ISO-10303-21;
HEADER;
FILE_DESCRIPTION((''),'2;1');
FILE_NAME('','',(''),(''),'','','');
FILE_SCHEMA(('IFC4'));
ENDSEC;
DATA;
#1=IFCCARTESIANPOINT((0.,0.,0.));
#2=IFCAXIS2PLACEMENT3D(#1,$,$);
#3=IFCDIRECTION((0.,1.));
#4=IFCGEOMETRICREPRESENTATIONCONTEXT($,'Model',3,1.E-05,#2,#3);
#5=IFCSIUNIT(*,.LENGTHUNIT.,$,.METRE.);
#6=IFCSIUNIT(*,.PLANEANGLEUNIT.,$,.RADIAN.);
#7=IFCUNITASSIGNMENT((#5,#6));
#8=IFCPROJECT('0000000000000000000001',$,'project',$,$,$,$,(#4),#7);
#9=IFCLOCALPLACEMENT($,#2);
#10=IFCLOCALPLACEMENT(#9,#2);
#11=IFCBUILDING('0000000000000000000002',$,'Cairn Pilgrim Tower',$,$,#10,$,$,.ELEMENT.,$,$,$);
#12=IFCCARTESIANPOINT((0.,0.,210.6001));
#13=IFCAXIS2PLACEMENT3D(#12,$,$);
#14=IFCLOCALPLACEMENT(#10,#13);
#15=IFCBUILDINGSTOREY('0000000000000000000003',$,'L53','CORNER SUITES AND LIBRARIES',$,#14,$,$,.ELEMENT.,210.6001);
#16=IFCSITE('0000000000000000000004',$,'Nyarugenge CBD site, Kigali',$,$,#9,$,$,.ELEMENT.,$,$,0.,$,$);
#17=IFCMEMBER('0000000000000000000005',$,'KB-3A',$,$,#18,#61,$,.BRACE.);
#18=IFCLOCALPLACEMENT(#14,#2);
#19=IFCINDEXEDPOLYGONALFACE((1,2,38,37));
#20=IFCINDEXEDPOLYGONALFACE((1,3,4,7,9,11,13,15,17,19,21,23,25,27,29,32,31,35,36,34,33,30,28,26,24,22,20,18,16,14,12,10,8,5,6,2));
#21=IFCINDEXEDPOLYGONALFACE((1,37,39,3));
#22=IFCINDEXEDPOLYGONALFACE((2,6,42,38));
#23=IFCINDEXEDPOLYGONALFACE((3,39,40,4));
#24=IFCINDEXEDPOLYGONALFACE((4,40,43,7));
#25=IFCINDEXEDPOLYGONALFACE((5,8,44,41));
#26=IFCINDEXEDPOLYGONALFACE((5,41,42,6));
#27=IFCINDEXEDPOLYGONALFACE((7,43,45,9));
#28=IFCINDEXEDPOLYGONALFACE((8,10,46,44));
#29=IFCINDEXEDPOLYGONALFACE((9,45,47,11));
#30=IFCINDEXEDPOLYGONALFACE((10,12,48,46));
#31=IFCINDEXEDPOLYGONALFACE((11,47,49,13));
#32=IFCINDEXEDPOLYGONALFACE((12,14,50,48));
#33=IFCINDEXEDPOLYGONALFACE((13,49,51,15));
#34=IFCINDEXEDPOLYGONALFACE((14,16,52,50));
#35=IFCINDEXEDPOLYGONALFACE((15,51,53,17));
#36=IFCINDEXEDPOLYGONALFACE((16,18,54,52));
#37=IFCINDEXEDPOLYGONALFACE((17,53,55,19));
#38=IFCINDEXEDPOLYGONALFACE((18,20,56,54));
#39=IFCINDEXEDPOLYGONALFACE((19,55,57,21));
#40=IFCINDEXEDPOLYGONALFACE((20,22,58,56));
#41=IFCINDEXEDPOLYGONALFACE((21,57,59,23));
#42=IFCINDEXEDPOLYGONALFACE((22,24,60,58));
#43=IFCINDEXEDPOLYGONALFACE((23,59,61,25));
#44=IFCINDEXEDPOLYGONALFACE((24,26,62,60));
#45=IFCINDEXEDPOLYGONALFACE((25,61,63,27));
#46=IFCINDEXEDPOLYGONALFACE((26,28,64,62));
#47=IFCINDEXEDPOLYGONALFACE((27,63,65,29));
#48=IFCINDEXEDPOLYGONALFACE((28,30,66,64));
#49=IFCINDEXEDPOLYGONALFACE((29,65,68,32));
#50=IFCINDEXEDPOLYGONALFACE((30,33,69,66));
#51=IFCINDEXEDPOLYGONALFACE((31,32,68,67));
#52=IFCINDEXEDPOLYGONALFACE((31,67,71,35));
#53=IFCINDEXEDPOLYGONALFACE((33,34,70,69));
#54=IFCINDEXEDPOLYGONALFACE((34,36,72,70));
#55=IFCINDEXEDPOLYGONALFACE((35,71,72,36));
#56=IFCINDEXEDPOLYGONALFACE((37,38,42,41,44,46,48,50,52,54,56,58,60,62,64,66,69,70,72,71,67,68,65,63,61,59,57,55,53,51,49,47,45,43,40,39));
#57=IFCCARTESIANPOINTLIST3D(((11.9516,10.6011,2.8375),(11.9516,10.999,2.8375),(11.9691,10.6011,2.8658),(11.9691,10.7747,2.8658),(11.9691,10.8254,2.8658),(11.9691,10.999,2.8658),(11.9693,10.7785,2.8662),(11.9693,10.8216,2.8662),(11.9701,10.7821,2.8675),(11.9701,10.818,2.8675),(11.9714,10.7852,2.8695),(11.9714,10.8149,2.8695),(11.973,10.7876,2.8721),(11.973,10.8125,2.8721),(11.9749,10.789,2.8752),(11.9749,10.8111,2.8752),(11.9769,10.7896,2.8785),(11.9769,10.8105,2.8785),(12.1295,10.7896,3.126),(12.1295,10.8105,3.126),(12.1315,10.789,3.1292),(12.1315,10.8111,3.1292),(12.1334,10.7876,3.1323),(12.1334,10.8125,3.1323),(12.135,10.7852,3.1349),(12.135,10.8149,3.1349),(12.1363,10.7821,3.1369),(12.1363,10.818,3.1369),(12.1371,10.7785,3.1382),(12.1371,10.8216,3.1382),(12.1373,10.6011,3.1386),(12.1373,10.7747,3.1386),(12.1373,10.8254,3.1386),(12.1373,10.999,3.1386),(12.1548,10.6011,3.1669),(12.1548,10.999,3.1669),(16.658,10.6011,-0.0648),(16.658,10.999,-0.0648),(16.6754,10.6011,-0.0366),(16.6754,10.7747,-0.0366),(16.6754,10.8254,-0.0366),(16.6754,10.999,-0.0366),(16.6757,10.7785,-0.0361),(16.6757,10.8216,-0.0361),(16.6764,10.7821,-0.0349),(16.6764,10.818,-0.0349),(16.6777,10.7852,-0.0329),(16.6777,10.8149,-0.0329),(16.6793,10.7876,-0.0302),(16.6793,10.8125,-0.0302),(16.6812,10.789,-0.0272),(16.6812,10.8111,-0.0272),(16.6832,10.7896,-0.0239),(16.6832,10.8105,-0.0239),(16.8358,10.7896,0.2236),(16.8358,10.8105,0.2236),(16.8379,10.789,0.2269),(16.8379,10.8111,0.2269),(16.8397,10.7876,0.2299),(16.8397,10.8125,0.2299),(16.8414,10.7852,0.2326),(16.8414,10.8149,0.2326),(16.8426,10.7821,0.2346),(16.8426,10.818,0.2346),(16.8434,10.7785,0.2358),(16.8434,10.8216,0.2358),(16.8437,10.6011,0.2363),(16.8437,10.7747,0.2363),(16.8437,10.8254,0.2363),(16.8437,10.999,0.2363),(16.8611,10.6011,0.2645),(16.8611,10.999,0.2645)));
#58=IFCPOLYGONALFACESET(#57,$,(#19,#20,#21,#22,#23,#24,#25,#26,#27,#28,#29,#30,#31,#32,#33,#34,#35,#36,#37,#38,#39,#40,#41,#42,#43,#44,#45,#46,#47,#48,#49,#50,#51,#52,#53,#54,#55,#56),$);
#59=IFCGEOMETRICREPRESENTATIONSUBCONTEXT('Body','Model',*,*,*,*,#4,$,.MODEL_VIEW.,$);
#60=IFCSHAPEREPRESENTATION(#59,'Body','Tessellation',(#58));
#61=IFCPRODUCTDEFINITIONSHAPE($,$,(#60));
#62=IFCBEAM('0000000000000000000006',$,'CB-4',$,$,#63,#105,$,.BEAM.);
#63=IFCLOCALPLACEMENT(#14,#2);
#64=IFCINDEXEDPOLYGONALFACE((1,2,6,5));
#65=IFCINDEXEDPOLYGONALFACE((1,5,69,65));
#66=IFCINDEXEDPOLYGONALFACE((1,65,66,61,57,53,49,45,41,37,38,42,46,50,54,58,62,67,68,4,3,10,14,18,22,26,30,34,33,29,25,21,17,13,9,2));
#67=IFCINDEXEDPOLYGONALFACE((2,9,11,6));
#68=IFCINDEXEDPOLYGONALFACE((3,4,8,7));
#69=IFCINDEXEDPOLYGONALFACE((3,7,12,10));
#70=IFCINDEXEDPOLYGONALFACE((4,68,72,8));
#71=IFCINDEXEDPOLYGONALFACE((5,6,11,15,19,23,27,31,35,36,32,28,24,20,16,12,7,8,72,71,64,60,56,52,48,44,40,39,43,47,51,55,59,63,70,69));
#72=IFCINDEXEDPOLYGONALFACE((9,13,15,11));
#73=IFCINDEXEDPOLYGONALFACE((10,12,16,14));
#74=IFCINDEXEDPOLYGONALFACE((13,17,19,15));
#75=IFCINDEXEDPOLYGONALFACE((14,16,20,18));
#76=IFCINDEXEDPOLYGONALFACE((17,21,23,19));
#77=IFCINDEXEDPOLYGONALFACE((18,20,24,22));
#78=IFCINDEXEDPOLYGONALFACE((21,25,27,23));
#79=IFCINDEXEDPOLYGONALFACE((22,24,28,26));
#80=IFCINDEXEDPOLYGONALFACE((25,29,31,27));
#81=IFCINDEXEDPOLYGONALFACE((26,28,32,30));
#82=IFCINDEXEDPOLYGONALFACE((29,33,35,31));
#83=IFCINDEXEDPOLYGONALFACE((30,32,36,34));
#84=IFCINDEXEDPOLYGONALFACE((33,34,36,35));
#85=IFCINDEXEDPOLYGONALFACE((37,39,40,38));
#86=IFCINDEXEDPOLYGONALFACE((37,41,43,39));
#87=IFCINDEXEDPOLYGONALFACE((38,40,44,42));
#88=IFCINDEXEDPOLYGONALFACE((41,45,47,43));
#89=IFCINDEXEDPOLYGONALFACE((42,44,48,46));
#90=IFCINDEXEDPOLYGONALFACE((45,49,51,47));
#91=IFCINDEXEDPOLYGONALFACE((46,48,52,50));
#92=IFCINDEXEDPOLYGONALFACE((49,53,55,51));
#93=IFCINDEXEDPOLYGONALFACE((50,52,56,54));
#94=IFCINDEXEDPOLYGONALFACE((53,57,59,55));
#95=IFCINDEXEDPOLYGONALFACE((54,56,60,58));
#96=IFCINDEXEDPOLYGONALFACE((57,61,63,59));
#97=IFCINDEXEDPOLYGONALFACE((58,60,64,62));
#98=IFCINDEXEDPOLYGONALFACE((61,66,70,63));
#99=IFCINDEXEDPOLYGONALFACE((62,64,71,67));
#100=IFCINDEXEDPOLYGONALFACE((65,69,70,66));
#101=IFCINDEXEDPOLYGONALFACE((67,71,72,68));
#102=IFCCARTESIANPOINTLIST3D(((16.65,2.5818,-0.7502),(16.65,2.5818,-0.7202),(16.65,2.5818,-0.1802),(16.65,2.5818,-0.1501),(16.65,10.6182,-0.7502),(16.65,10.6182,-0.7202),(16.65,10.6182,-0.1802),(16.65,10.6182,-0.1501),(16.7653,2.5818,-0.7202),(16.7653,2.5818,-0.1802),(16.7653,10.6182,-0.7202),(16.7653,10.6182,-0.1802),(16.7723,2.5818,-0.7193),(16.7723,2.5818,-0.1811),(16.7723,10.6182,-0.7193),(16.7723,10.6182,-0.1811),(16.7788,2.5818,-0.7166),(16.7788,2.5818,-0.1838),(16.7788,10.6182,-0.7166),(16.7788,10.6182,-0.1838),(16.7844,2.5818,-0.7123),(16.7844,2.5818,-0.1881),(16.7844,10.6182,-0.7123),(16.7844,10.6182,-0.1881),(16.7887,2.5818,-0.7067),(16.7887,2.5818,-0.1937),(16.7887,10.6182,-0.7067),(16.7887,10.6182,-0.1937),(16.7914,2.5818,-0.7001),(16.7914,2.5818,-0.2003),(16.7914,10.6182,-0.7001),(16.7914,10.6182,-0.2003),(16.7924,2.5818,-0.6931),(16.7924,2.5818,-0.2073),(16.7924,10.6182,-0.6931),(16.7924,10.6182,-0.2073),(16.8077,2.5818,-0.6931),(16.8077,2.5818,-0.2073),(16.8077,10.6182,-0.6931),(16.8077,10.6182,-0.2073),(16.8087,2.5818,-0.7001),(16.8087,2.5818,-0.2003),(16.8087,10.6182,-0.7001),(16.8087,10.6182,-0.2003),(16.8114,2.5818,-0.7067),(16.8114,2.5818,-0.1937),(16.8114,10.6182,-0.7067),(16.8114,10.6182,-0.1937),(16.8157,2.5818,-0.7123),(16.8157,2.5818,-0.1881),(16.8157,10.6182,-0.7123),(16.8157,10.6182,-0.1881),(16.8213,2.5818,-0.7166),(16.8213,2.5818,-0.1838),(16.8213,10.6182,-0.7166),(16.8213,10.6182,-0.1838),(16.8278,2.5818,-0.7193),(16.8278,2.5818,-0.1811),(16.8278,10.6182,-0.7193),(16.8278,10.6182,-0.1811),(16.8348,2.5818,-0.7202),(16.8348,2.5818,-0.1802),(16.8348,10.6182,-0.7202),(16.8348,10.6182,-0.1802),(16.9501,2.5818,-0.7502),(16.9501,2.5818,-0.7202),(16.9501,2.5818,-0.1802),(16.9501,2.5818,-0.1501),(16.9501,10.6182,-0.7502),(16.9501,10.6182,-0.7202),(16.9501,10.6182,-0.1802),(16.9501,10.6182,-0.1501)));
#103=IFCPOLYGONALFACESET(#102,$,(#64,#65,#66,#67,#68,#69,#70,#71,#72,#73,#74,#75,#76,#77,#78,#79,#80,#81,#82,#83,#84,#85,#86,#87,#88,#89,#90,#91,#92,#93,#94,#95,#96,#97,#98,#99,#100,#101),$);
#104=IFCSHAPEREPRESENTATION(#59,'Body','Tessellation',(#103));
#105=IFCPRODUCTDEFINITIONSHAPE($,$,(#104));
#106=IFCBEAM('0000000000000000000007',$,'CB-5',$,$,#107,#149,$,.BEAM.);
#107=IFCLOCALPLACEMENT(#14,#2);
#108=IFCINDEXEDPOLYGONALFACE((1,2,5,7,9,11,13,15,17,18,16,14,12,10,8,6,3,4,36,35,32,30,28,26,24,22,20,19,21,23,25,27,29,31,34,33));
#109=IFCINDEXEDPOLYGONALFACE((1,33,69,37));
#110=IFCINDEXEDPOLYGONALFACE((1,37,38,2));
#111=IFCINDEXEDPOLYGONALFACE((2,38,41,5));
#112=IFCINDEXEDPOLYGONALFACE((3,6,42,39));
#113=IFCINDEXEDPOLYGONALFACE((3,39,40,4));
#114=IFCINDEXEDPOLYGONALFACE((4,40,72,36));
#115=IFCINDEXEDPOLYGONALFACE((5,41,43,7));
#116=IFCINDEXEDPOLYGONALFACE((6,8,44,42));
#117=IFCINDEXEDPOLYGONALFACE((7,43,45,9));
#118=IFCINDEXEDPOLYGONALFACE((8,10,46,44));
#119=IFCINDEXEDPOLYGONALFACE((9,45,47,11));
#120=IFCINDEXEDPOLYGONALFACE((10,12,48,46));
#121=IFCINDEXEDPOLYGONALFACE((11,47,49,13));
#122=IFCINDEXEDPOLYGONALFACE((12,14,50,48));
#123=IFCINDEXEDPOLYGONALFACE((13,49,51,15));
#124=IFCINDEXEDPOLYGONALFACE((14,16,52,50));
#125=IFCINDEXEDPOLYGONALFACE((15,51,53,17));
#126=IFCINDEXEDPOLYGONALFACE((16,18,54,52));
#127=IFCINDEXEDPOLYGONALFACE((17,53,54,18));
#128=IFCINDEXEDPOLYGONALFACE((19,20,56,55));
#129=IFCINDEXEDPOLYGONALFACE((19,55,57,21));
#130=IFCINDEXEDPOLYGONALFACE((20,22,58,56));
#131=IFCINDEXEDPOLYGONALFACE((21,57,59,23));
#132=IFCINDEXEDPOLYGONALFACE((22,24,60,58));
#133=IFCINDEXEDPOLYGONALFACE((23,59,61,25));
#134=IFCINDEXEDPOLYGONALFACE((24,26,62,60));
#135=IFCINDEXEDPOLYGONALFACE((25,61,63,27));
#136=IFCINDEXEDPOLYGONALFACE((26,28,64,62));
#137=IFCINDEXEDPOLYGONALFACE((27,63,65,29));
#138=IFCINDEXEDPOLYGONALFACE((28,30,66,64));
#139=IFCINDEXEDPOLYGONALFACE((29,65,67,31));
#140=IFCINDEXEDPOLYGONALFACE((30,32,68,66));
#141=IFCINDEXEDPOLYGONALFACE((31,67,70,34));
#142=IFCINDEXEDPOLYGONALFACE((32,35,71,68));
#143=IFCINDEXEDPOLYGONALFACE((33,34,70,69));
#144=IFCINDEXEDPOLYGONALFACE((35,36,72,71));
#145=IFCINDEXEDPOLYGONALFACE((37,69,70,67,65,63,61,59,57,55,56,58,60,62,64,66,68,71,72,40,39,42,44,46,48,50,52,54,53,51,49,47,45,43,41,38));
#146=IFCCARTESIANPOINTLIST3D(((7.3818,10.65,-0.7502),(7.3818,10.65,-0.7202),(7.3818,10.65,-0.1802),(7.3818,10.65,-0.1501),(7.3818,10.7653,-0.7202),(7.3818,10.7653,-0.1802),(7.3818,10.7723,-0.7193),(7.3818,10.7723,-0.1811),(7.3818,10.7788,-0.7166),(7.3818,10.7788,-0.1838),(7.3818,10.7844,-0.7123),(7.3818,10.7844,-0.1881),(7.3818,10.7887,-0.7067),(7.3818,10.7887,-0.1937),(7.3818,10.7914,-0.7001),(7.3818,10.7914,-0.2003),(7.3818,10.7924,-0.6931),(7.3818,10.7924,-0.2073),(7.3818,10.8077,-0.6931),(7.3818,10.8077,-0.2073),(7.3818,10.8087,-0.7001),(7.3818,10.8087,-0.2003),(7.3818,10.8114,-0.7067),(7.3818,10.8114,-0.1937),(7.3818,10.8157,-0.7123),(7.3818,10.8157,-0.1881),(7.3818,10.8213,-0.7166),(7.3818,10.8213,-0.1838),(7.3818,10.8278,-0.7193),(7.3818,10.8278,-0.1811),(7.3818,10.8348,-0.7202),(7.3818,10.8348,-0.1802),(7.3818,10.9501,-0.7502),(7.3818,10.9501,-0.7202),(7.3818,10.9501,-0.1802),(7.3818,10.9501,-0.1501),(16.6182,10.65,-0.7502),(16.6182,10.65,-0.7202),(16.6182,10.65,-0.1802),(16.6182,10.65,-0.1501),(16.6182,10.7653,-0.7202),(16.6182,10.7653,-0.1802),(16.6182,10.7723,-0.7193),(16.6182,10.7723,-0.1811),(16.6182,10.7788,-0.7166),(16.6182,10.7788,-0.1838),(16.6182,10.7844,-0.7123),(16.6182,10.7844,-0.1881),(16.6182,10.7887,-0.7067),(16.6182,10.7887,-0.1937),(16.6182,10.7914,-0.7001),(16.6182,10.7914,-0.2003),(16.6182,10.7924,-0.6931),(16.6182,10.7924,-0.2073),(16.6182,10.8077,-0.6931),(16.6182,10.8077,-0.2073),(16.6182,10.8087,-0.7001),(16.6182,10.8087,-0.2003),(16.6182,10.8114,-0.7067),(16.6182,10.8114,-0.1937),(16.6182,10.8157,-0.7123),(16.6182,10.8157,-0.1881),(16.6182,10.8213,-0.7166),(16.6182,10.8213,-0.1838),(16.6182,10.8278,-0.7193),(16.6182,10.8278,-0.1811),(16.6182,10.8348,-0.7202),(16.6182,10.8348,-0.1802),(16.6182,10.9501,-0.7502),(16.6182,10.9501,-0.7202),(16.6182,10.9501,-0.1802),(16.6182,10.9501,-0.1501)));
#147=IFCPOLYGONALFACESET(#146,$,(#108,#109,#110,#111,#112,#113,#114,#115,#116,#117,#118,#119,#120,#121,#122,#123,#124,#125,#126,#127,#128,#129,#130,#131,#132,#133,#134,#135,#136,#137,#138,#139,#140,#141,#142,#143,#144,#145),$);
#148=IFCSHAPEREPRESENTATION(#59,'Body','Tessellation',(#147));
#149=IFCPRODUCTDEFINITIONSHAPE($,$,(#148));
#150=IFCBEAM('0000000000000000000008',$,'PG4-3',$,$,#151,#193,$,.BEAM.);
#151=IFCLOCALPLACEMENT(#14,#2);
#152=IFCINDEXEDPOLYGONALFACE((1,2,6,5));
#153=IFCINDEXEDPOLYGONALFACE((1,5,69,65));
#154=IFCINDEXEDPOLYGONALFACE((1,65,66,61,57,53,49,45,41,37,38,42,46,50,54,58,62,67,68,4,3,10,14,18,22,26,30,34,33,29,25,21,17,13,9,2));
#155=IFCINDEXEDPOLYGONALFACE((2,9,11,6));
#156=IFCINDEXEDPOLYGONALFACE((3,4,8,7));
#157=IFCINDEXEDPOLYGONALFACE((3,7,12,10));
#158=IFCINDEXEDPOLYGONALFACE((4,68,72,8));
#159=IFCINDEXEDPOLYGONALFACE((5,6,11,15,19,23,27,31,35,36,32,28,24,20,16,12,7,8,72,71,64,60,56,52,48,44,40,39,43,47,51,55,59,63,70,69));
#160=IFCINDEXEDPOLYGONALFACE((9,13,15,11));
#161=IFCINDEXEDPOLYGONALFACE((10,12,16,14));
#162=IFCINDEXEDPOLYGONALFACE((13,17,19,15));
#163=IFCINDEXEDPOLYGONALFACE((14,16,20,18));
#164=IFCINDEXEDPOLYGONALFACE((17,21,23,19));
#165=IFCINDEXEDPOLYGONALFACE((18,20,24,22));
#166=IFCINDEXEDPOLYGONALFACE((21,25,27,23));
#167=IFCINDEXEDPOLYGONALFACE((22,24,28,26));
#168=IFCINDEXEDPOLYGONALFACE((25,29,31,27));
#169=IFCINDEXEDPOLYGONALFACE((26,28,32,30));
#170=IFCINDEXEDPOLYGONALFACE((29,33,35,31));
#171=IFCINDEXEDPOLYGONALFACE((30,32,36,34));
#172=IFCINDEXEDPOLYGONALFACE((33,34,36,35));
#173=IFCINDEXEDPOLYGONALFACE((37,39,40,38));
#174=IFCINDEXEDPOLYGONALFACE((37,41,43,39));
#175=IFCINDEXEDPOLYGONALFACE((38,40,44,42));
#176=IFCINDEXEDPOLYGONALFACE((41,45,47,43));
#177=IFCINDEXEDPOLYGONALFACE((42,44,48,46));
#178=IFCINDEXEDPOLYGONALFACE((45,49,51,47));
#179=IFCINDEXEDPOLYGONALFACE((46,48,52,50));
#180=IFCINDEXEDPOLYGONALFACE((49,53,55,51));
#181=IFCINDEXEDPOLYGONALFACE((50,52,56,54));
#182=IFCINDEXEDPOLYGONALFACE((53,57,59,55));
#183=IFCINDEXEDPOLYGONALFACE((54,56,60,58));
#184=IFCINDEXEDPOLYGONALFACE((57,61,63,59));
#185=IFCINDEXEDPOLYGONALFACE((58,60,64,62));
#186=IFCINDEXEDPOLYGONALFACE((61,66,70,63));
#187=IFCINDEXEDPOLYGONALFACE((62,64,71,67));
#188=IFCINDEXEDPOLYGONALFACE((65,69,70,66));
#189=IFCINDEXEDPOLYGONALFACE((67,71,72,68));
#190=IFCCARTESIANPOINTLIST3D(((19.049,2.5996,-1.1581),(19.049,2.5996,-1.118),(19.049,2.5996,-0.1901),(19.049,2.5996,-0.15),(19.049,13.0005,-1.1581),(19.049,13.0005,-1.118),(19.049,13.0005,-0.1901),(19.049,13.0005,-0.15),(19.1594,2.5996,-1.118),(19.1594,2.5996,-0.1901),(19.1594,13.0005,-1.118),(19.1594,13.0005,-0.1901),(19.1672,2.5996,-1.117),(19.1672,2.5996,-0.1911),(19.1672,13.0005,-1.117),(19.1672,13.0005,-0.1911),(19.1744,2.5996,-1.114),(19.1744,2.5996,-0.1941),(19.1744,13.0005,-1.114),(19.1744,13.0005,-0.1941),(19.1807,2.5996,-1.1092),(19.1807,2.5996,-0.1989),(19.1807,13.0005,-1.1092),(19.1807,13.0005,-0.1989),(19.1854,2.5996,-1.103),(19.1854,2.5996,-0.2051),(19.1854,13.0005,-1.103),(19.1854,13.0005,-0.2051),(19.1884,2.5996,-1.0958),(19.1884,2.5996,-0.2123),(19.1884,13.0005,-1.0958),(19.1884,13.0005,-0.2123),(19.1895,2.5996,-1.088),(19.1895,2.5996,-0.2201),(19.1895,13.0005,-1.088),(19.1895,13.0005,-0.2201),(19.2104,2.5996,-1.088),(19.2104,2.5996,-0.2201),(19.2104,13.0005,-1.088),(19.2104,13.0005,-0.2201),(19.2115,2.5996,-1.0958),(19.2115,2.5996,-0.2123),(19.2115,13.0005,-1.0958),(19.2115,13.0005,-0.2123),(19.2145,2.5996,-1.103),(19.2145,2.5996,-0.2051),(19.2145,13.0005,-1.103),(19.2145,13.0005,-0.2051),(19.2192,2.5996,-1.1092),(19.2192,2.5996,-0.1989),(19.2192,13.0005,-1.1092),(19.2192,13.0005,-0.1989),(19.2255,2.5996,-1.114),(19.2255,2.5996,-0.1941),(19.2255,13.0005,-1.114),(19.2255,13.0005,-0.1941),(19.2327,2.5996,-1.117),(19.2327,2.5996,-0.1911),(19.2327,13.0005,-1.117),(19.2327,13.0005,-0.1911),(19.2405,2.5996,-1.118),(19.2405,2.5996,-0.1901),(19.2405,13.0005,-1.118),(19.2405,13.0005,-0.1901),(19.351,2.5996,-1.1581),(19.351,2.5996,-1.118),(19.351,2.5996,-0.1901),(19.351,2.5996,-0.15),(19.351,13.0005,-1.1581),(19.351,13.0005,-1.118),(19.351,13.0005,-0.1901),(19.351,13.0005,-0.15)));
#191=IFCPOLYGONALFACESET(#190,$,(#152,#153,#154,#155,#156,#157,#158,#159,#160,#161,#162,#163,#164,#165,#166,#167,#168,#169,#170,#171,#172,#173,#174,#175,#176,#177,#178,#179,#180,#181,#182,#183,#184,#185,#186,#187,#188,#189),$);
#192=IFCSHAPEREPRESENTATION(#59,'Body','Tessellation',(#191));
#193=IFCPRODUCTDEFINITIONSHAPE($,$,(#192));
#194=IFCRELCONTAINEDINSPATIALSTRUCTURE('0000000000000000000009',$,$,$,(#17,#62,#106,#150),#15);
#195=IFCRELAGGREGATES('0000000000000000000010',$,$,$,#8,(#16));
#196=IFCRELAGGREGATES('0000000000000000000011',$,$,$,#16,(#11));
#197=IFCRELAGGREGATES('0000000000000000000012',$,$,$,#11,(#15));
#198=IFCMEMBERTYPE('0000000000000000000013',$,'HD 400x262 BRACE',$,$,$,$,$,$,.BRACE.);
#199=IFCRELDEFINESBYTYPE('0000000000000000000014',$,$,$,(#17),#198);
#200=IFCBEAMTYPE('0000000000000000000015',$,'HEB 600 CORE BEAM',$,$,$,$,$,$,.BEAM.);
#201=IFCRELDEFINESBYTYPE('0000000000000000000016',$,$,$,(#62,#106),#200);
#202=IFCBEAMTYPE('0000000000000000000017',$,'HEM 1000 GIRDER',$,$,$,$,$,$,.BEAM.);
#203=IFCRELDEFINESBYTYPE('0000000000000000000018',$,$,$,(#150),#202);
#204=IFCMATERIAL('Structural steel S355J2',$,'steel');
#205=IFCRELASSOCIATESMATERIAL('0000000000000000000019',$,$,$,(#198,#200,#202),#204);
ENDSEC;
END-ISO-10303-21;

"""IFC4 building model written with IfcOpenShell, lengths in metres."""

from ifc_helpers import new_model, si_unit, direction, frame, origin, origin_2d, place, context, subcontext, project, spatial, i_section, extrude, material, material_profile, profile_set, type_object, element, save


model = new_model("IFC4")

# Units and contexts
model_context = context("Model", 3, precision=1e-05, world=origin(), true_north=direction((0.0, 1.0)))
body_context = subcontext(model_context, "Body", "Model", "MODEL_VIEW")
ifc_project = project(units=[si_unit("LENGTHUNIT", "METRE"), si_unit("PLANEANGLEUNIT", "RADIAN")], contexts=[model_context])

# Site, building, storey
site_placement = place(None, origin())
site = spatial("IfcSite", under=ifc_project, at=site_placement, Name="Nyarugenge CBD site, Kigali", CompositionType="ELEMENT", RefElevation=0.0)
building_placement = place(site_placement, origin())
building = spatial("IfcBuilding", under=site, at=building_placement, Name="Cairn Pilgrim Tower", CompositionType="ELEMENT")
storey_placement = place(building_placement, frame((0.0, 0.0, 210.6001)))
storey = spatial("IfcBuildingStorey", under=building, at=storey_placement, Name="L53", Description="CORNER SUITES AND LIBRARIES", CompositionType="ELEMENT", Elevation=210.6001)

# Shared definitions
ifc_material_1 = material(Name="Structural steel S355J2", Category="steel")

# Member
ifc_material_profile_1 = material_profile(ifc_material_1, i_section(OverallWidth=0.3979, OverallDepth=0.387, WebThickness=0.021, FlangeThickness=0.0332, FilletRadius=0.0149, at=origin_2d()), Name="HD 400x262")
ifc_profile_set_1 = profile_set([ifc_material_profile_1], Name="Structural steel S355J2")
member_type = type_object("IfcMemberType", Name="HD 400x262 BRACE", PredefinedType="BRACE", material=ifc_profile_set_1)
member_1_placement = place(storey_placement, frame((16.7595, 10.8, 0.0999), z_axis=(-0.851161, 0.0, 0.524905), x_axis=(0.0, -1.0, 0.0)))
element("IfcMember", 1, at=member_1_placement, inside=storey, type_object=member_type, Name="KB-3A", PredefinedType="BRACE", context=body_context, shape_type="SweptSolid", body=[
    extrude(i_section(OverallWidth=0.3979, OverallDepth=0.387, WebThickness=0.021, FlangeThickness=0.0332, FilletRadius=0.0149, at=origin_2d()), origin(), (0.0, 0.0, 1.0), 5.5293),
])

# Beams
ifc_material_profile_2 = material_profile(ifc_material_1, i_section(OverallWidth=0.3, OverallDepth=0.6001, WebThickness=0.0154, FlangeThickness=0.03, FilletRadius=0.0271, at=origin_2d()), Name="HEB 600")
ifc_profile_set_2 = profile_set([ifc_material_profile_2], Name="Structural steel S355J2")
beam_type_1 = type_object("IfcBeamType", Name="HEB 600 CORE BEAM", PredefinedType="BEAM", material=ifc_profile_set_2)
beam_1_placement = place(storey_placement, frame((16.8, 2.5818, -0.4502), z_axis=(0.0, 1.0, 0.0), x_axis=(-1.0, 0.0, 0.0)))
element("IfcBeam", 2, at=beam_1_placement, inside=storey, type_object=beam_type_1, Name="CB-4", PredefinedType="BEAM", context=body_context, shape_type="SweptSolid", body=[
    extrude(i_section(OverallWidth=0.3, OverallDepth=0.6001, WebThickness=0.0154, FlangeThickness=0.03, FilletRadius=0.0271, at=origin_2d()), origin(), (0.0, 0.0, 1.0), 8.0364),
])
beam_2_placement = place(storey_placement, frame((16.6182, 10.8, -0.4502), z_axis=(-1.0, 0.0, 0.0), x_axis=(0.0, -1.0, 0.0)))
element("IfcBeam", 3, at=beam_2_placement, inside=storey, type_object=beam_type_1, Name="CB-5", PredefinedType="BEAM", context=body_context, shape_type="SweptSolid", body=[
    extrude(i_section(OverallWidth=0.3, OverallDepth=0.6001, WebThickness=0.0154, FlangeThickness=0.03, FilletRadius=0.0271, at=origin_2d()), origin(), (0.0, 0.0, 1.0), 9.2363),
])
ifc_material_profile_3 = material_profile(ifc_material_1, i_section(OverallWidth=0.302, OverallDepth=1.0081, WebThickness=0.021, FlangeThickness=0.04, FilletRadius=0.03, at=origin_2d()), Name="HEM 1000")
ifc_profile_set_3 = profile_set([ifc_material_profile_3], Name="Structural steel S355J2")
beam_type_2 = type_object("IfcBeamType", Name="HEM 1000 GIRDER", PredefinedType="BEAM", material=ifc_profile_set_3)
beam_3_placement = place(storey_placement, frame((19.2, 2.5996, -0.6541), z_axis=(0.0, 1.0, 0.0), x_axis=(-1.0, 0.0, 0.0)))
element("IfcBeam", 4, at=beam_3_placement, inside=storey, type_object=beam_type_2, Name="PG4-3", PredefinedType="BEAM", context=body_context, shape_type="SweptSolid", body=[
    extrude(i_section(OverallWidth=0.302, OverallDepth=1.0081, WebThickness=0.021, FlangeThickness=0.04, FilletRadius=0.03, at=origin_2d()), origin(), (0.0, 0.0, 1.0), 10.4009),
])

save(model, "model.ifc")
